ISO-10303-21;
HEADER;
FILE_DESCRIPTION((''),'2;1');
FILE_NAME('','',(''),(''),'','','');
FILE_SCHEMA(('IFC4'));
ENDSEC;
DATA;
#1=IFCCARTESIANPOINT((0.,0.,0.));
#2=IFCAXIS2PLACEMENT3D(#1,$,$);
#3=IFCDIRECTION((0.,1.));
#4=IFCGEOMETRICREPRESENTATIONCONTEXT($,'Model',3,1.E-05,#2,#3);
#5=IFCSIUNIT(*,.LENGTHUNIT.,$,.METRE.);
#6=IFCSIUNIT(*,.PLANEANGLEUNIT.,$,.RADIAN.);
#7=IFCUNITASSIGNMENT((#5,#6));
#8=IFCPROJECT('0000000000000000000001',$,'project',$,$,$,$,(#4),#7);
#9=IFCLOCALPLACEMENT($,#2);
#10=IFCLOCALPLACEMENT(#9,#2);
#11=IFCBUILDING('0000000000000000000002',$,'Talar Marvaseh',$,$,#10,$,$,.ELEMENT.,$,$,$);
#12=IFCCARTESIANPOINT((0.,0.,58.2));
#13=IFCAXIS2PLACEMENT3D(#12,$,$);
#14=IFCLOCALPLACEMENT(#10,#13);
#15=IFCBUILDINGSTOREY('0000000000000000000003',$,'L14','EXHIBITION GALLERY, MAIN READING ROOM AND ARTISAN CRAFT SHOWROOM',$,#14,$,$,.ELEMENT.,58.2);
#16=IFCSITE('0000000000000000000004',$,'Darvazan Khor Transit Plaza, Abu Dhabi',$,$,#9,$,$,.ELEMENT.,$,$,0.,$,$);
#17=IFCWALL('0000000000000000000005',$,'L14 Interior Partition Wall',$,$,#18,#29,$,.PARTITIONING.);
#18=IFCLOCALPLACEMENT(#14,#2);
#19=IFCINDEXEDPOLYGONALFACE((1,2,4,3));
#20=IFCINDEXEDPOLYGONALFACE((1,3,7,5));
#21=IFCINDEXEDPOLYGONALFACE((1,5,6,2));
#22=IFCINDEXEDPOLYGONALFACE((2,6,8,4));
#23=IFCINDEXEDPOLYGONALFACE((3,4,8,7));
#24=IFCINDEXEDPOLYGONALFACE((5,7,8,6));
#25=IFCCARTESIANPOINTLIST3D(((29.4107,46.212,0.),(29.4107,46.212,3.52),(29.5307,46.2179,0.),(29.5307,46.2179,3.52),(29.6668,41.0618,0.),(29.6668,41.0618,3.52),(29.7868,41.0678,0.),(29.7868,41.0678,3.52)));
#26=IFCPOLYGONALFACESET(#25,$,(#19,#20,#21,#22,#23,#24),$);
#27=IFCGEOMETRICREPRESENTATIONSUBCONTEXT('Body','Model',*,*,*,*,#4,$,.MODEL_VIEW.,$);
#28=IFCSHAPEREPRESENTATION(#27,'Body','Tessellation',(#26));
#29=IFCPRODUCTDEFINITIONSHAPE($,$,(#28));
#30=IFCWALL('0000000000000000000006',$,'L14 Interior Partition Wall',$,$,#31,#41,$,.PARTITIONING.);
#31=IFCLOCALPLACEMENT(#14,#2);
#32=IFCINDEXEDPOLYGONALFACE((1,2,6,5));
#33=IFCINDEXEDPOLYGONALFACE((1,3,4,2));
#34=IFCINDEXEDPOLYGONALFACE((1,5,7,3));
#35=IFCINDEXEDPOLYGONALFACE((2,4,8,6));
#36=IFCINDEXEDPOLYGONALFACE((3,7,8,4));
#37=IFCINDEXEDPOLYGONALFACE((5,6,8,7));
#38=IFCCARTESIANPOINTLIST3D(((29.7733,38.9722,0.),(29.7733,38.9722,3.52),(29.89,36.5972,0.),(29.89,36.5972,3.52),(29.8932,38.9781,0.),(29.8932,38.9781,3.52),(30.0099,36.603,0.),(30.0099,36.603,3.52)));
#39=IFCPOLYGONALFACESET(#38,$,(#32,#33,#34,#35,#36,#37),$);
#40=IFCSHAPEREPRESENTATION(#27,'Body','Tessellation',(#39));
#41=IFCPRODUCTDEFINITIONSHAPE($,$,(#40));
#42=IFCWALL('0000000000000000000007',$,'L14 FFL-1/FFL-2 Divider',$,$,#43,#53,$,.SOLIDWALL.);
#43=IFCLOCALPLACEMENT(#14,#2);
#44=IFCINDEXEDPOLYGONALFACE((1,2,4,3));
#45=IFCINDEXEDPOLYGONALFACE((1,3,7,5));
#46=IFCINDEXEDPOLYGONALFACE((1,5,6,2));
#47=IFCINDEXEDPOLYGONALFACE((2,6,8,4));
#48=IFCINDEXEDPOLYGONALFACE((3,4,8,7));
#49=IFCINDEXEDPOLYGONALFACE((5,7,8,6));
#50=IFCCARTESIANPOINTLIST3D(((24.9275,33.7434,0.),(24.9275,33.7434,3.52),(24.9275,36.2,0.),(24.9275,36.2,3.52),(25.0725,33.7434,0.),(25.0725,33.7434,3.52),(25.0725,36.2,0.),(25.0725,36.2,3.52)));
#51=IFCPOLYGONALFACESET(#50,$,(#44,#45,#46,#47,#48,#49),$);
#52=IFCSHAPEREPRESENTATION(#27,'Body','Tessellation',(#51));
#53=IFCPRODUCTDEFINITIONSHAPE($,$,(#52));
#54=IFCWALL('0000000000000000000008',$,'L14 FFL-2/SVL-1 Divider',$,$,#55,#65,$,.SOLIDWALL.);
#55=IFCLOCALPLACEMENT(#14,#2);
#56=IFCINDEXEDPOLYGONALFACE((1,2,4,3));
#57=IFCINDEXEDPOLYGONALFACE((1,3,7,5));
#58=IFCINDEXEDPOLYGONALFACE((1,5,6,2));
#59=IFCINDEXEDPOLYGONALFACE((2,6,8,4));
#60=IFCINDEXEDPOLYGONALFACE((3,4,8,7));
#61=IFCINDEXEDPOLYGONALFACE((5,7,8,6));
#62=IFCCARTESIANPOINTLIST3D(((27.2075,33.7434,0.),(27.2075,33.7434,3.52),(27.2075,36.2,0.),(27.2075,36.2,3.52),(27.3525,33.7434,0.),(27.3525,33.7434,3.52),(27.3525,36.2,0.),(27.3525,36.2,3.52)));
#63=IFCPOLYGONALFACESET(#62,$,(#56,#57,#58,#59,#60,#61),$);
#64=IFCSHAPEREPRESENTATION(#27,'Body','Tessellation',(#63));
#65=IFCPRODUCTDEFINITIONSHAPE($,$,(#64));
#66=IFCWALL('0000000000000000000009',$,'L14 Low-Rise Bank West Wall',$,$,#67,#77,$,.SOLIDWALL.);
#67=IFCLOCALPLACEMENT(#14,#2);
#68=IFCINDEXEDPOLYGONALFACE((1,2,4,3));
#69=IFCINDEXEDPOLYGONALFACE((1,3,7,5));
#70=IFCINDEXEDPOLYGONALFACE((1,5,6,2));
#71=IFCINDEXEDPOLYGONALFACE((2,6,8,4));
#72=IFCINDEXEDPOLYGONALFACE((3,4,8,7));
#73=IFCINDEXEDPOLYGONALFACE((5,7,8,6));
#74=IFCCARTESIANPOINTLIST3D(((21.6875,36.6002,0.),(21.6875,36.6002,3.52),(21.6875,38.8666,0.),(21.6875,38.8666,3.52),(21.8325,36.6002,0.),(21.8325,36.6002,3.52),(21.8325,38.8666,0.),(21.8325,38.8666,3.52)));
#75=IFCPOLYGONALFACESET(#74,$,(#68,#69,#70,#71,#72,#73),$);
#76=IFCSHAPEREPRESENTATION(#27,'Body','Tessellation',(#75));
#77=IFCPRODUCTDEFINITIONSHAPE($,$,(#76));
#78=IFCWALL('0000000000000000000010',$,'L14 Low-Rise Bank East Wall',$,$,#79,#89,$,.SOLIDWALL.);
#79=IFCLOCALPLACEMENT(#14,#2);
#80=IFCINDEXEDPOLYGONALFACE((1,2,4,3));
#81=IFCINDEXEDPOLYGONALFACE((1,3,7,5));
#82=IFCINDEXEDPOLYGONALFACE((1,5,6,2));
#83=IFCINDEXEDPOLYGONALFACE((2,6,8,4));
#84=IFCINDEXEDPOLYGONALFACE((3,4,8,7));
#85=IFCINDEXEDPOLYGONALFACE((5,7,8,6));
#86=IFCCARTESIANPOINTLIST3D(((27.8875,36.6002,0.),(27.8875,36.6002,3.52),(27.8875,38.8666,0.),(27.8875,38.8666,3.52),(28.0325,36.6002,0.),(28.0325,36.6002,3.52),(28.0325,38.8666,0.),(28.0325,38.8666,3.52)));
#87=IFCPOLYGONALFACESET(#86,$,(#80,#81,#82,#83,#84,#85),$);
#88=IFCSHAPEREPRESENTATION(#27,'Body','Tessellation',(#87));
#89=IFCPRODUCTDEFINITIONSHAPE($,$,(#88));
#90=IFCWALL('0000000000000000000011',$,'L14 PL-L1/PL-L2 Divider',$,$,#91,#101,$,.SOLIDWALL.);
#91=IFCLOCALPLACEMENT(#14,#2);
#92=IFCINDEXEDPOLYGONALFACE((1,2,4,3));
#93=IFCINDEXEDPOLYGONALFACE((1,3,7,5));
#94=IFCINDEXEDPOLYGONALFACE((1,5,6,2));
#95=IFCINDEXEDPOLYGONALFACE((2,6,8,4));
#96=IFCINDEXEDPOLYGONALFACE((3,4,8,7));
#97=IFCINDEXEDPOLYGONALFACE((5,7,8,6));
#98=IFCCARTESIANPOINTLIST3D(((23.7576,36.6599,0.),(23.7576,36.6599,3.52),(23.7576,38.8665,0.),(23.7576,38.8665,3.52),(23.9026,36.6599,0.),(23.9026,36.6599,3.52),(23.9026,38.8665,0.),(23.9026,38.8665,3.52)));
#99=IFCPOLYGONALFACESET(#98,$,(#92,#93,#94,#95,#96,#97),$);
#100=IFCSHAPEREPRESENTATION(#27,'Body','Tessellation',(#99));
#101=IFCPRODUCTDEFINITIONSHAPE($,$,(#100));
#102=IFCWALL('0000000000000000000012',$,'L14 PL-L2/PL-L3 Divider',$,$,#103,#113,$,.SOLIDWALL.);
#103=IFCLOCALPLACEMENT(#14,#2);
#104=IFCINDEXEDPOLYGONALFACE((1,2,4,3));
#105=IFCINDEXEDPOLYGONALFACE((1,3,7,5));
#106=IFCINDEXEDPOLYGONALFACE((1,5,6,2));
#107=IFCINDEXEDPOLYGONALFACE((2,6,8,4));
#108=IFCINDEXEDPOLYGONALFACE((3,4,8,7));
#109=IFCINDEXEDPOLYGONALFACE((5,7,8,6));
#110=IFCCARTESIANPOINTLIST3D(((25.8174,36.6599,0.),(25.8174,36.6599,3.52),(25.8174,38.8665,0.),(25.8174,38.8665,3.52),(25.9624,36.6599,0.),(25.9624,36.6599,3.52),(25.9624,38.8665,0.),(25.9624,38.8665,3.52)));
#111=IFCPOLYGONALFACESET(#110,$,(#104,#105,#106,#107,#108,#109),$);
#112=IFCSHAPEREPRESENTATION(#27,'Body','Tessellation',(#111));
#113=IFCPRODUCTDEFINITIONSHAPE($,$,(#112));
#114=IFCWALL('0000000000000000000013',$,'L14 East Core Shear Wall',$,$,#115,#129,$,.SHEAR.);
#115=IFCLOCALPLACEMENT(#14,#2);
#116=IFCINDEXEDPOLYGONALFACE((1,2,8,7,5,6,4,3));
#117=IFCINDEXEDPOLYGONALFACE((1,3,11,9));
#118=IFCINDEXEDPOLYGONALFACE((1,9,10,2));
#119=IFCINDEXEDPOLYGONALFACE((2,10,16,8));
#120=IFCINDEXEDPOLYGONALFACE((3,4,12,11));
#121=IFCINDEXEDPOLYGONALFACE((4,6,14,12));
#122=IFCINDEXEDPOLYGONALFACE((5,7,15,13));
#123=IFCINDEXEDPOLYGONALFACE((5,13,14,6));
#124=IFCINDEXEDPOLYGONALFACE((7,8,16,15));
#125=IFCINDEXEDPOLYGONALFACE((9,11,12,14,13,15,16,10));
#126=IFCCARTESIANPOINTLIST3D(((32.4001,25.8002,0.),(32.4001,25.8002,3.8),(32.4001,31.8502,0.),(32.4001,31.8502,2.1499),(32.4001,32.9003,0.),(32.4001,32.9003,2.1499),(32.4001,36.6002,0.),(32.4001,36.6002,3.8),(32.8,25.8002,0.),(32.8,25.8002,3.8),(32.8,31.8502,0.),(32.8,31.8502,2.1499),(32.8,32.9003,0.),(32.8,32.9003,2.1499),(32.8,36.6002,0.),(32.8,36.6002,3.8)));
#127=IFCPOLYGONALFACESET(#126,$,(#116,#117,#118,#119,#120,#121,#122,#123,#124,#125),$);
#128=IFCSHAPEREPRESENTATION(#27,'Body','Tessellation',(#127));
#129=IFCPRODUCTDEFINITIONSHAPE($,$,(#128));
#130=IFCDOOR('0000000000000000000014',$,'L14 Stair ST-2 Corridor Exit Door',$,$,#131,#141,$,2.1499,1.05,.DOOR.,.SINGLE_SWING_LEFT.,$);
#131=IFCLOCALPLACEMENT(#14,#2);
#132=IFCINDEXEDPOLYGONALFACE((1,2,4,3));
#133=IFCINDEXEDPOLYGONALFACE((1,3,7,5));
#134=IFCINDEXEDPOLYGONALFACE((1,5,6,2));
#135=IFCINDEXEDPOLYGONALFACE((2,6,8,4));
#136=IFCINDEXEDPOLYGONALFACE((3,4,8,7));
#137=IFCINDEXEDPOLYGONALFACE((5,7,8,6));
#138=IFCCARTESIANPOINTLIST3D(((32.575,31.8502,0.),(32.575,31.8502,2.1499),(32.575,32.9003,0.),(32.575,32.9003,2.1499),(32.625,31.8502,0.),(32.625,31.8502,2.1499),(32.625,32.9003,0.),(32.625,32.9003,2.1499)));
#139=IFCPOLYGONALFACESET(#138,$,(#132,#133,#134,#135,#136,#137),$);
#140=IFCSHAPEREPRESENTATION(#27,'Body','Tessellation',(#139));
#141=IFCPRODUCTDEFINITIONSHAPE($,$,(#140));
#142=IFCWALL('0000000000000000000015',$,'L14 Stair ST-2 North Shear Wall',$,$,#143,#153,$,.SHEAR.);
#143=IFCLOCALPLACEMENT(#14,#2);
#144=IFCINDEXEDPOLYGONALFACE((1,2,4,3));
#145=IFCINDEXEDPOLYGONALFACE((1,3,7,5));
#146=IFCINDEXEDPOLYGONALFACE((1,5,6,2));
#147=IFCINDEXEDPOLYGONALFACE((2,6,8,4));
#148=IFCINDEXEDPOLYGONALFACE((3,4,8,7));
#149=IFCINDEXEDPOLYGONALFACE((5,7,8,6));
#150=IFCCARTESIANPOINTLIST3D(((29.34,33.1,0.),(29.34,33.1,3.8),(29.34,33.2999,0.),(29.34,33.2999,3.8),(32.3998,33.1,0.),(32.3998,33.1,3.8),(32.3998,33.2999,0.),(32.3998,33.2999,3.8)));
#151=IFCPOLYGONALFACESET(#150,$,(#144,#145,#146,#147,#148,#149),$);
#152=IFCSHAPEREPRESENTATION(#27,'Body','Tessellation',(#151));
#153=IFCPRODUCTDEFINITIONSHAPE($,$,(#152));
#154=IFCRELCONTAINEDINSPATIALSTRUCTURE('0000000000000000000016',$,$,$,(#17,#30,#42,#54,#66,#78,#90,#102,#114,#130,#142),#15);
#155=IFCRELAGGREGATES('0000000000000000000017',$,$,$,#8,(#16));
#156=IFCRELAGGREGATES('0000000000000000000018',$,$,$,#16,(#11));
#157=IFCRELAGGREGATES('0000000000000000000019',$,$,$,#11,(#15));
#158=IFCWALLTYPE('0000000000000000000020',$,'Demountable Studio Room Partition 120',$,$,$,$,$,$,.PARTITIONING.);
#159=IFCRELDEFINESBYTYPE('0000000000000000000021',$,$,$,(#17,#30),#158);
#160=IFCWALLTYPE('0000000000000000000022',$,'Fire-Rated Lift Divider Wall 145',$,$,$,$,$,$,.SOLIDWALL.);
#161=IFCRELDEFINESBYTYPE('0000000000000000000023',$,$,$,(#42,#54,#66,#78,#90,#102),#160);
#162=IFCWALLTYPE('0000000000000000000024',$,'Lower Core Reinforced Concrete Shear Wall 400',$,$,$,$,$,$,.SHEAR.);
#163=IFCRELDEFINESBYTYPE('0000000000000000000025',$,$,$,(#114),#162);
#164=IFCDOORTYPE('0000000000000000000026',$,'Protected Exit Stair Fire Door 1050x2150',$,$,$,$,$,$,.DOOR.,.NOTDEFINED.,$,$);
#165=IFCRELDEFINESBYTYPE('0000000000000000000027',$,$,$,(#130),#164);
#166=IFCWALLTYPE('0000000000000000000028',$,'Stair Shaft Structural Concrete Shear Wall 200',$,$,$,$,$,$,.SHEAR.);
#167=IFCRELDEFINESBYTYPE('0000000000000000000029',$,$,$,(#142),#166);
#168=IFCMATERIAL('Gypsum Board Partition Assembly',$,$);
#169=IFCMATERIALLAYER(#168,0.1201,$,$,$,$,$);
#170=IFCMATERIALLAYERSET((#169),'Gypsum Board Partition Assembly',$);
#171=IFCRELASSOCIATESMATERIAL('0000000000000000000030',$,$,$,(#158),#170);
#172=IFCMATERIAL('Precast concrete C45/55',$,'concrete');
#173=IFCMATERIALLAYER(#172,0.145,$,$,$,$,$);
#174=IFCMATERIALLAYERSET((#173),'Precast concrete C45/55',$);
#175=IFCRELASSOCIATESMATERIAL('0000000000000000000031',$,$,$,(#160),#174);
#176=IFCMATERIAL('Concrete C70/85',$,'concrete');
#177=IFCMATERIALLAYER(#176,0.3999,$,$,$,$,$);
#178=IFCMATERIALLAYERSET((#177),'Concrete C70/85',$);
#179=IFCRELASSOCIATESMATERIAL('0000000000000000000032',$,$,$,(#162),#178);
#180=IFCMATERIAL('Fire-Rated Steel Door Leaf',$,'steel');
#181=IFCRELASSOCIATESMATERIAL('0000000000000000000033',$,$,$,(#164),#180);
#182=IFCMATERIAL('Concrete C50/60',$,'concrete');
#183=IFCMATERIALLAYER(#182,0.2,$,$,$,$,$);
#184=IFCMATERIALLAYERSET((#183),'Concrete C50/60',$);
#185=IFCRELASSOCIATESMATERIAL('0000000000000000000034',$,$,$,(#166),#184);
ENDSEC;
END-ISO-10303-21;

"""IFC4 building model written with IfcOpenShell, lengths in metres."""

from ifc_helpers import new_model, si_unit, direction, frame, frame_2d, origin, place, context, subcontext, project, spatial, rectangle, extrude, source, transform, mapped, material, layer, layer_set, type_object, type_shapes, element, fill, save


model = new_model("IFC4")

# Units and contexts
model_context = context("Model", 3, precision=1e-05, world=origin(), true_north=direction((0.0, 1.0)))
body_context = subcontext(model_context, "Body", "Model", "MODEL_VIEW")
ifc_project = project(units=[si_unit("LENGTHUNIT", "METRE"), si_unit("PLANEANGLEUNIT", "RADIAN")], contexts=[model_context])

# Site, building, storey
site_placement = place(None, origin())
site = spatial("IfcSite", under=ifc_project, at=site_placement, Name="Darvazan Khor Transit Plaza, Abu Dhabi", CompositionType="ELEMENT", RefElevation=0.0)
building_placement = place(site_placement, origin())
building = spatial("IfcBuilding", under=site, at=building_placement, Name="Talar Marvaseh", CompositionType="ELEMENT")
storey_placement = place(building_placement, frame((0.0, 0.0, 58.2)))
storey = spatial("IfcBuildingStorey", under=building, at=storey_placement, Name="L14", Description="EXHIBITION GALLERY, MAIN READING ROOM AND ARTISAN CRAFT SHOWROOM", CompositionType="ELEMENT", Elevation=58.2)

# Shared definitions
ifc_material_1 = material(Name="Concrete C70/85", Category="concrete")

# Shared definitions
ifc_material_2 = material(Name="Gypsum Board Partition Assembly")

# Walls
ifc_layer_1 = layer(ifc_material_2, 0.1201)
ifc_layer_set_1 = layer_set([ifc_layer_1], Name="Gypsum Board Partition Assembly")
wall_type_1 = type_object("IfcWallType", Name="Demountable Studio Room Partition 120", PredefinedType="PARTITIONING", material=ifc_layer_set_1)
wall_1_placement = place(storey_placement, frame((29.7268, 41.0649, 0.0), z_axis=(0.0, 0.0, 1.0), x_axis=(-0.049666, 0.998766, 0.0)))
element("IfcWall", 1, at=wall_1_placement, inside=storey, type_object=wall_type_1, Name="L14 Interior Partition Wall", PredefinedType="PARTITIONING", context=body_context, shape_type="SweptSolid", body=[
    extrude(rectangle(XDim=5.1565, YDim=0.1201, at=frame_2d((2.5781, 0.0))), origin(), (0.0, 0.0, 1.0), 3.52),
])
wall_2_placement = place(storey_placement, frame((29.95, 36.6001, 0.0), z_axis=(0.0, 0.0, 1.0), x_axis=(-0.049077, 0.998795, 0.0)))
element("IfcWall", 2, at=wall_2_placement, inside=storey, type_object=wall_type_1, Name="L14 Interior Partition Wall", PredefinedType="PARTITIONING", context=body_context, shape_type="SweptSolid", body=[
    extrude(rectangle(XDim=2.3779, YDim=0.1201, at=frame_2d((1.189, 0.0))), origin(), (0.0, 0.0, 1.0), 3.52),
])
ifc_material_3 = material(Name="Precast concrete C45/55", Category="concrete")
ifc_layer_2 = layer(ifc_material_3, 0.145)
ifc_layer_set_2 = layer_set([ifc_layer_2], Name="Precast concrete C45/55")
wall_type_2 = type_object("IfcWallType", Name="Fire-Rated Lift Divider Wall 145", PredefinedType="SOLIDWALL", material=ifc_layer_set_2)
for number, where, z_axis, x_axis, name in (
    (3, (25.0, 33.7434, 0.0), (0.0, 0.0, 1.0), (0.0, 1.0, 0.0), "L14 FFL-1/FFL-2 Divider"),
    (4, (27.28, 33.7434, 0.0), (0.0, 0.0, 1.0), (0.0, 1.0, 0.0), "L14 FFL-2/SVL-1 Divider"),
):
    element("IfcWall", number, at=place(storey_placement, frame(where, z_axis=z_axis, x_axis=x_axis)), inside=storey, type_object=wall_type_2, Name=name, PredefinedType="SOLIDWALL", context=body_context, shape_type="SweptSolid", body=[
        extrude(rectangle(XDim=2.4565, YDim=0.145, at=frame_2d((1.2283, 0.0))), origin(), (0.0, 0.0, 1.0), 3.52),
    ])
for number, where, z_axis, x_axis, name in (
    (5, (21.76, 36.6001, 0.0), (0.0, 0.0, 1.0), (0.0, 1.0, 0.0), "L14 Low-Rise Bank West Wall"),
    (6, (27.96, 36.6001, 0.0), (0.0, 0.0, 1.0), (0.0, 1.0, 0.0), "L14 Low-Rise Bank East Wall"),
):
    element("IfcWall", number, at=place(storey_placement, frame(where, z_axis=z_axis, x_axis=x_axis)), inside=storey, type_object=wall_type_2, Name=name, PredefinedType="SOLIDWALL", context=body_context, shape_type="SweptSolid", body=[
        extrude(rectangle(XDim=2.2664, YDim=0.145, at=frame_2d((1.1333, 0.0))), origin(), (0.0, 0.0, 1.0), 3.52),
    ])
for number, where, z_axis, x_axis, name in (
    (7, (23.8301, 36.6599, 0.0), (0.0, 0.0, 1.0), (0.0, 1.0, 0.0), "L14 PL-L1/PL-L2 Divider"),
    (8, (25.8899, 36.6599, 0.0), (0.0, 0.0, 1.0), (0.0, 1.0, 0.0), "L14 PL-L2/PL-L3 Divider"),
):
    element("IfcWall", number, at=place(storey_placement, frame(where, z_axis=z_axis, x_axis=x_axis)), inside=storey, type_object=wall_type_2, Name=name, PredefinedType="SOLIDWALL", context=body_context, shape_type="SweptSolid", body=[
        extrude(rectangle(XDim=2.2065, YDim=0.145, at=frame_2d((1.1033, 0.0))), origin(), (0.0, 0.0, 1.0), 3.52),
    ])

# Wall, opening, door
ifc_layer_3 = layer(ifc_material_1, 0.3999)
ifc_layer_set_3 = layer_set([ifc_layer_3], Name="Concrete C70/85")
wall_type_3 = type_object("IfcWallType", Name="Lower Core Reinforced Concrete Shear Wall 400", PredefinedType="SHEAR", material=ifc_layer_set_3)
wall_3_placement = place(storey_placement, frame((32.6001, 36.6001, 0.0), z_axis=(0.0, 0.0, 1.0), x_axis=(0.0, -1.0, 0.0)))
wall_3 = element("IfcWall", 9, at=wall_3_placement, inside=storey, type_object=wall_type_3, Name="L14 East Core Shear Wall", PredefinedType="SHEAR", context=body_context, shape_type="SweptSolid", body=[
    extrude(rectangle(XDim=10.8, YDim=0.3999, at=frame_2d((5.3999, 0.0))), origin(), (0.0, 0.0, 1.0), 3.8),
])
opening_1_placement = place(wall_3_placement, frame((3.7, 0.0, 0.0)))
opening_1 = element("IfcOpeningElement", 10, at=opening_1_placement, cuts=wall_3, PredefinedType="OPENING", context=body_context, shape_type="SweptSolid", body=[
    extrude(rectangle(XDim=1.05, YDim=2.1499, at=frame_2d((0.5249, 1.075))), frame((0.0, 0.21, 0.0), z_axis=(0.0, -1.0, 0.0), x_axis=(1.0, 0.0, 0.0)), (0.0, 0.0, 1.0), 0.4199),
])
ifc_material_4 = material(Name="Fire-Rated Steel Door Leaf", Category="steel")
door_type_1 = type_object("IfcDoorType", Name="Protected Exit Stair Fire Door 1050x2150", OperationType="NOTDEFINED", PredefinedType="DOOR", material=ifc_material_4)
shared_shape_1 = source(origin(), body_context, "Body", "SweptSolid", [
    extrude(rectangle(XDim=1.05, YDim=2.1499, at=frame_2d((0.5249, 1.075))), frame((0.0, 0.0249, 0.0), z_axis=(0.0, -1.0, 0.0), x_axis=(1.0, 0.0, 0.0)), (0.0, 0.0, 1.0), 0.05),
])
type_shapes(door_type_1, [shared_shape_1])
door_1_placement = place(opening_1_placement, origin())
door_1 = element("IfcDoor", 11, at=door_1_placement, inside=storey, type_object=door_type_1, Name="L14 Stair ST-2 Corridor Exit Door", OperationType="SINGLE_SWING_LEFT", OverallHeight=2.1499, OverallWidth=1.05, PredefinedType="DOOR", context=body_context, shape_type="MappedRepresentation", body=[
    mapped(shared_shape_1, transform((0.0, 0.0, 0.0), x_axis=(1.0, 0.0, 0.0), y_axis=(0.0, 1.0, 0.0), z_axis=(0.0, 0.0, 1.0), scale=1.0)),
])
fill(opening_1, door_1)

# Wall
ifc_material_5 = material(Name="Concrete C50/60", Category="concrete")
ifc_layer_4 = layer(ifc_material_5, 0.2)
ifc_layer_set_4 = layer_set([ifc_layer_4], Name="Concrete C50/60")
wall_type_4 = type_object("IfcWallType", Name="Stair Shaft Structural Concrete Shear Wall 200", PredefinedType="SHEAR", material=ifc_layer_set_4)
wall_4_placement = place(storey_placement, frame((29.3401, 33.2, 0.0), z_axis=(0.0, 0.0, 1.0), x_axis=(1.0, 0.0, 0.0)))
element("IfcWall", 12, at=wall_4_placement, inside=storey, type_object=wall_type_4, Name="L14 Stair ST-2 North Shear Wall", PredefinedType="SHEAR", context=body_context, shape_type="SweptSolid", body=[
    extrude(rectangle(XDim=3.0598, YDim=0.2, at=frame_2d((1.5298, 0.0))), origin(), (0.0, 0.0, 1.0), 3.8),
])

save(model, "model.ifc")
